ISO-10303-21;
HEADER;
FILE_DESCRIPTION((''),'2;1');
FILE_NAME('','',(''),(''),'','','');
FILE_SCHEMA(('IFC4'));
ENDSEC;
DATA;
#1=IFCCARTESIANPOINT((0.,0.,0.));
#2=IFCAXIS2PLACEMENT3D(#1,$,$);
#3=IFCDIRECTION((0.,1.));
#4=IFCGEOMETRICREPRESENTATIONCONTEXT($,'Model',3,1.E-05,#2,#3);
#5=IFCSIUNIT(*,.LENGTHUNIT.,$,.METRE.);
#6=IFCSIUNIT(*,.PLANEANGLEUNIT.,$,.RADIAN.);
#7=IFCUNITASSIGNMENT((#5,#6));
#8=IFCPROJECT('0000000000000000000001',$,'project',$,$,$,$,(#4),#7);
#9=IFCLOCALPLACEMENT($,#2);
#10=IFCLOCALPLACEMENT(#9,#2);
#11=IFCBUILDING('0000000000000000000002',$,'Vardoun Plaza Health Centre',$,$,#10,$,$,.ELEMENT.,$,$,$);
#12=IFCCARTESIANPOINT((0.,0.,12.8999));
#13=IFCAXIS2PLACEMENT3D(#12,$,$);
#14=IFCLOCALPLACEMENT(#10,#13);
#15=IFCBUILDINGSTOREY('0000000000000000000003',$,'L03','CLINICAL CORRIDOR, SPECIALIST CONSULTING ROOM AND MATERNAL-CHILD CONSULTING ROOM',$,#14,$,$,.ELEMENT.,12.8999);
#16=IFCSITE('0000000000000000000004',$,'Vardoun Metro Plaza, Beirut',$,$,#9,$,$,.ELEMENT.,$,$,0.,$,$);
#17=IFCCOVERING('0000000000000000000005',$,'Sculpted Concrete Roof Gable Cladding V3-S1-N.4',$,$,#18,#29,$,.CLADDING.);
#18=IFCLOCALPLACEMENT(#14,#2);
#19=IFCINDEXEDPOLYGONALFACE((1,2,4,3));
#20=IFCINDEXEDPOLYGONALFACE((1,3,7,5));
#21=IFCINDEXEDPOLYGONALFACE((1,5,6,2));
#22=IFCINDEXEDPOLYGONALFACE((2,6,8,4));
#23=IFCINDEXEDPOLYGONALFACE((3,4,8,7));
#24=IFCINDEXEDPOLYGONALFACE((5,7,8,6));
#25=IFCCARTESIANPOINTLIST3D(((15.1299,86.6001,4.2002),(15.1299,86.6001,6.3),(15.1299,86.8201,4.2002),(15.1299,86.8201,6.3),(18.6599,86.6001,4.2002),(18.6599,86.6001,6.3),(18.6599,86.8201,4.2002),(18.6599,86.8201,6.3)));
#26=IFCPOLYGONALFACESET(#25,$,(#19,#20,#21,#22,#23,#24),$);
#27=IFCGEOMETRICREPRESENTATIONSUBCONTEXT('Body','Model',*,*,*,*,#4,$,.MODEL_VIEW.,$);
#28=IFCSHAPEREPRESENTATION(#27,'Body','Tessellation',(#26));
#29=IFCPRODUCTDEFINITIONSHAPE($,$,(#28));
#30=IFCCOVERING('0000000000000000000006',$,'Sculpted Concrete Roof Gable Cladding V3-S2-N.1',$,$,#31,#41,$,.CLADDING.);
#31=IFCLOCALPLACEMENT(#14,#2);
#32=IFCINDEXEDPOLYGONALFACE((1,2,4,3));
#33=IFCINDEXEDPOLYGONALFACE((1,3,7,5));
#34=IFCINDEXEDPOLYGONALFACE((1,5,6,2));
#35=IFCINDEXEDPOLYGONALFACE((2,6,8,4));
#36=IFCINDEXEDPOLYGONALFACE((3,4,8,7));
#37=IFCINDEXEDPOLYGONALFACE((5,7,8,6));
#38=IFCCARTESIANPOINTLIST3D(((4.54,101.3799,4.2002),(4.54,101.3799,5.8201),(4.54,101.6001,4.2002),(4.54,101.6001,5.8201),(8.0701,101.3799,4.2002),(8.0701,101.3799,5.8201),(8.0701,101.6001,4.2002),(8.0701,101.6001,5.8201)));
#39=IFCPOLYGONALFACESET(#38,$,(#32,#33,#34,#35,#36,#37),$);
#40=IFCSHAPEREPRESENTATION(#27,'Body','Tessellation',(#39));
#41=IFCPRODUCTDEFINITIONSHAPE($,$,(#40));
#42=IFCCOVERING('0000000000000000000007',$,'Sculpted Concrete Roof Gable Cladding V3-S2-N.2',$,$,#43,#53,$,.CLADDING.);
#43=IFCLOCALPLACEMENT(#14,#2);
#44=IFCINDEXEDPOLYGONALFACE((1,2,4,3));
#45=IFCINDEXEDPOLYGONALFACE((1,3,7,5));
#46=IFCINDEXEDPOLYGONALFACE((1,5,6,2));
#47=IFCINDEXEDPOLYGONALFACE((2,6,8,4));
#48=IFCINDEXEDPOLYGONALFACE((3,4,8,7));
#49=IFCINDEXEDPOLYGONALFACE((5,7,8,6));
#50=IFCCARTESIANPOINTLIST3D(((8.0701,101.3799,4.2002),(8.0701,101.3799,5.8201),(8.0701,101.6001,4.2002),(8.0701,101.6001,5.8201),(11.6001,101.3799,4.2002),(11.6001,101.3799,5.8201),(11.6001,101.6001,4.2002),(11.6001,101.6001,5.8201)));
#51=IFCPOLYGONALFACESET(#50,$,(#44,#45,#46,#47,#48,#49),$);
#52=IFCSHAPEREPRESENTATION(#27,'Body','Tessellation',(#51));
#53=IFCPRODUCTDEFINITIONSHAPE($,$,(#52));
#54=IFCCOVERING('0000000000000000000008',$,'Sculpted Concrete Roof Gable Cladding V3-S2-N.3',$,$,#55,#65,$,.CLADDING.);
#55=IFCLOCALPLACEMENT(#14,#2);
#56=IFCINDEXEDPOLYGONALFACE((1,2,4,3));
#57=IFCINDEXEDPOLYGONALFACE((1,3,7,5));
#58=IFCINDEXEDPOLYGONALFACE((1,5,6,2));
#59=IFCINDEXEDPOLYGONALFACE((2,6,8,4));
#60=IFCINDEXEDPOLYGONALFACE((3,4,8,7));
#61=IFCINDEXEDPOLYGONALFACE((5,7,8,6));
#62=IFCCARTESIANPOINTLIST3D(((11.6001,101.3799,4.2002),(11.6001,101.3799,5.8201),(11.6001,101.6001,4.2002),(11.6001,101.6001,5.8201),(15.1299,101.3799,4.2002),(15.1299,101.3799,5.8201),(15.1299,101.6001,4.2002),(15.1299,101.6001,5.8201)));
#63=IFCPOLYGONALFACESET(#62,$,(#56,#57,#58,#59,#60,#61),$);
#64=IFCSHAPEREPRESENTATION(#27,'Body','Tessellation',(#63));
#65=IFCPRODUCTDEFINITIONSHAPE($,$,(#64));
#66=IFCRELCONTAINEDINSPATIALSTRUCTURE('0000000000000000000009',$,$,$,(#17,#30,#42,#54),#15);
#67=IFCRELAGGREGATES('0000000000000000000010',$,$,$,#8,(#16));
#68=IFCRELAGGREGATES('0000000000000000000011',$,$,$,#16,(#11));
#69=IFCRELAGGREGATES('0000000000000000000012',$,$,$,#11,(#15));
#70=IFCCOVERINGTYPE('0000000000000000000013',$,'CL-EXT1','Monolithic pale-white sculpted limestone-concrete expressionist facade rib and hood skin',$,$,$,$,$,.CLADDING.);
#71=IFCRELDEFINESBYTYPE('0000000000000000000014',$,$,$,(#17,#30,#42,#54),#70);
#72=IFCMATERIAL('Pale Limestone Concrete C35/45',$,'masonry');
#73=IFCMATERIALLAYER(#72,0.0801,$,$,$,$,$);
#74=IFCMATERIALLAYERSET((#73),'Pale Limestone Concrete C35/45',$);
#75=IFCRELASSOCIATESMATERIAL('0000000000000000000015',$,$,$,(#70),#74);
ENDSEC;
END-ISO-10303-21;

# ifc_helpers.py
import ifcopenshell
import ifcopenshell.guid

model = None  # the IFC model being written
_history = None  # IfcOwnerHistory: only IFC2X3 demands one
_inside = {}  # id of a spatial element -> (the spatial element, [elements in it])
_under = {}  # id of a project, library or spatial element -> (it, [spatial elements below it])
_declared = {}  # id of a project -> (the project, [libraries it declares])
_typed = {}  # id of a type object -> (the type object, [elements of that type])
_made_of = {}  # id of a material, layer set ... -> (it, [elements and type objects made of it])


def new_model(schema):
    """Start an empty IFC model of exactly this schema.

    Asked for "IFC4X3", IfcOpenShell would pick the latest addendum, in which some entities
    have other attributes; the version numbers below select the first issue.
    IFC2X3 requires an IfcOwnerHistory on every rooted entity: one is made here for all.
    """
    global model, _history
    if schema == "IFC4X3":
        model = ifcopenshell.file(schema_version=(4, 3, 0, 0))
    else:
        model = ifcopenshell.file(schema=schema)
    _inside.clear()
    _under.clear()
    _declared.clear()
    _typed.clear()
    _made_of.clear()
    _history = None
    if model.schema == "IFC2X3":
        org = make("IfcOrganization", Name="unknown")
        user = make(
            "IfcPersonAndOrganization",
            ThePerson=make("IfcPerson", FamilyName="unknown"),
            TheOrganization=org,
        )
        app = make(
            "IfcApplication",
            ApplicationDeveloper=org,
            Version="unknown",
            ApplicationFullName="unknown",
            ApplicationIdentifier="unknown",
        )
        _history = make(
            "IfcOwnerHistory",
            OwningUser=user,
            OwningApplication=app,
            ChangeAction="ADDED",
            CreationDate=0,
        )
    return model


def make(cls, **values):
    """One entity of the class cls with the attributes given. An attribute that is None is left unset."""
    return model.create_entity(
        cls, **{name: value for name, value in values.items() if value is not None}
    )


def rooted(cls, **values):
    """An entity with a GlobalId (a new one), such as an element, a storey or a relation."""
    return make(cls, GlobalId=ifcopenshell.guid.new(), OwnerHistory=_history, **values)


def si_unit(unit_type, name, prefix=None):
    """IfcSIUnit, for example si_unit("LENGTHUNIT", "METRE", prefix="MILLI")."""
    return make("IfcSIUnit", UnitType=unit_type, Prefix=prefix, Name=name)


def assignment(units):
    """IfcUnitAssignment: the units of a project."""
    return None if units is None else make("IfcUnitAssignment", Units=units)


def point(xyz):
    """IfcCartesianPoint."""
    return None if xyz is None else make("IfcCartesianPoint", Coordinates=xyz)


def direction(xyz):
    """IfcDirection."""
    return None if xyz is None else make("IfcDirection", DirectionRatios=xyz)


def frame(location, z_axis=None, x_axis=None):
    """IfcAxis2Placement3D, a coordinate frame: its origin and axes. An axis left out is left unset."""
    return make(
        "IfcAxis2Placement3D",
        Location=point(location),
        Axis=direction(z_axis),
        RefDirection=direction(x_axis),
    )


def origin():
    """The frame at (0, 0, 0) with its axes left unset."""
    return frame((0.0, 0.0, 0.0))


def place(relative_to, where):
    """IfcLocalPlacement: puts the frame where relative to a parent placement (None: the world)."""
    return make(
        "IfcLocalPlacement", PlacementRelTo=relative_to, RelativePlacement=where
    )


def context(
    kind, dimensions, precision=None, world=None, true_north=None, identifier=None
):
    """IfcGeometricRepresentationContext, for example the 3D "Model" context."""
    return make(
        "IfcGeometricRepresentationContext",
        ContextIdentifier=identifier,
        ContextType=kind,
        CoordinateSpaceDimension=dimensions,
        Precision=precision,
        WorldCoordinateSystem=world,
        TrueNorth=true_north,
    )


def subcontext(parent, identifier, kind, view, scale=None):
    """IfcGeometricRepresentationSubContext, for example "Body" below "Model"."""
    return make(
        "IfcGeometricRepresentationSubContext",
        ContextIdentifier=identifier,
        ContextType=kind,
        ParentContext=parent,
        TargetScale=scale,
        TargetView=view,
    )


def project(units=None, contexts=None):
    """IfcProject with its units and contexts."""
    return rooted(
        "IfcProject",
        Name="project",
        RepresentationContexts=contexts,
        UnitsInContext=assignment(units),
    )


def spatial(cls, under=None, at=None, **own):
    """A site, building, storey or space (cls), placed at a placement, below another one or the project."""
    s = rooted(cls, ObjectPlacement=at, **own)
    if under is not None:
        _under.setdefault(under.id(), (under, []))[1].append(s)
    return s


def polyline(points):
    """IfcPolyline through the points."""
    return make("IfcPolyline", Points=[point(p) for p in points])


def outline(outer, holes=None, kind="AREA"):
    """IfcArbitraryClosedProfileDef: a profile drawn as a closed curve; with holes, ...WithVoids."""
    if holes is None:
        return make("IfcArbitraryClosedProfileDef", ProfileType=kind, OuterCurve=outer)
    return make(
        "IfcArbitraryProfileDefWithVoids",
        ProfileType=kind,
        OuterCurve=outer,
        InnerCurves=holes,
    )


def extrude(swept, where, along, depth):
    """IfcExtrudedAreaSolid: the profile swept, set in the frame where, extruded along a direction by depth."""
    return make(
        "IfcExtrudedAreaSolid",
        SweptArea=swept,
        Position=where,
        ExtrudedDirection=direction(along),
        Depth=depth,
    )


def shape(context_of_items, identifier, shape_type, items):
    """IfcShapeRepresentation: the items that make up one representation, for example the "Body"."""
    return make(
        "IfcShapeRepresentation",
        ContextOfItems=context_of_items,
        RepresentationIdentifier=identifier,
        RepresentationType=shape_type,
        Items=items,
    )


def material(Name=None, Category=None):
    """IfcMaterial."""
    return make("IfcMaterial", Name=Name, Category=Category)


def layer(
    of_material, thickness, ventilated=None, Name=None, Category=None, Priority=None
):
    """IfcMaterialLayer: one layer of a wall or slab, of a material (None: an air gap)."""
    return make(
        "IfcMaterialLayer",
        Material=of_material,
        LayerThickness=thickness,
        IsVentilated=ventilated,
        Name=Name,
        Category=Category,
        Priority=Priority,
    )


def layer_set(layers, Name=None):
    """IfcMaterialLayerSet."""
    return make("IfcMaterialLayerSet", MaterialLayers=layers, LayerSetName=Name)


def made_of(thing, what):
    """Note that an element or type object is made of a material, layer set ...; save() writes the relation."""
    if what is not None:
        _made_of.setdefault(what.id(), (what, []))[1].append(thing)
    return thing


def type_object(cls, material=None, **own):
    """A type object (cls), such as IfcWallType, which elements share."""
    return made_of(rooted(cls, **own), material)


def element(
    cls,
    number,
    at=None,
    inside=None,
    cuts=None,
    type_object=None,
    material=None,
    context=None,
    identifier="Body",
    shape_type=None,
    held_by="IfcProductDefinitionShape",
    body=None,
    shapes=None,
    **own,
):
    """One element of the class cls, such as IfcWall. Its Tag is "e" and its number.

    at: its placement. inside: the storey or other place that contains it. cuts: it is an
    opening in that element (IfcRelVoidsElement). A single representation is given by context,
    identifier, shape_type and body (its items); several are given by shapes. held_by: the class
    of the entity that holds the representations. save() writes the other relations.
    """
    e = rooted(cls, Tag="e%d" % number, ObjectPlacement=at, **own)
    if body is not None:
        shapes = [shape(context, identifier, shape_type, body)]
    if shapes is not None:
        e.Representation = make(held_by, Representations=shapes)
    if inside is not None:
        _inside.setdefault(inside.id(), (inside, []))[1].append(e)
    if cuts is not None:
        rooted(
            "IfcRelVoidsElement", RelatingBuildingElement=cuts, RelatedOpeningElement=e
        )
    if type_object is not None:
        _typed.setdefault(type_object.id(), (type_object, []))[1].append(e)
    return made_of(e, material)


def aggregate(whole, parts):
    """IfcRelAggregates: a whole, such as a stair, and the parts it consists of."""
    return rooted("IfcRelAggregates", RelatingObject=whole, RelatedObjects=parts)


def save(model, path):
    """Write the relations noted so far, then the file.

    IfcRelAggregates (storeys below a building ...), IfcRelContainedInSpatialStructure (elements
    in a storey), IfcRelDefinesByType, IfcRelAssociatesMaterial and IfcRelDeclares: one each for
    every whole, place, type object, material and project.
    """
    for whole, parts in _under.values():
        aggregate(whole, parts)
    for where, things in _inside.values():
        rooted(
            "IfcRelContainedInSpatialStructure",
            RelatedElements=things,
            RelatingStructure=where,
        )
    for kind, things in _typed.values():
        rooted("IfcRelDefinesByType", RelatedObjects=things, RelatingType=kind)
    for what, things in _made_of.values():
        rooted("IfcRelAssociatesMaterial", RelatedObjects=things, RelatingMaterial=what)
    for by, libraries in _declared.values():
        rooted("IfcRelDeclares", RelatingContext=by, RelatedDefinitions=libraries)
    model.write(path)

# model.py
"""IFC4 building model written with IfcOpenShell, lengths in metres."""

from ifc_helpers import new_model, si_unit, direction, frame, origin, place, context, subcontext, project, spatial, polyline, outline, extrude, material, layer, layer_set, type_object, element, save


model = new_model("IFC4")

# Units and contexts
model_context = context("Model", 3, precision=1e-05, world=origin(), true_north=direction((0.0, 1.0)))
body_context = subcontext(model_context, "Body", "Model", "MODEL_VIEW")
ifc_project = project(units=[si_unit("LENGTHUNIT", "METRE"), si_unit("PLANEANGLEUNIT", "RADIAN")], contexts=[model_context])

# Site, building, storey
site_placement = place(None, origin())
site = spatial("IfcSite", under=ifc_project, at=site_placement, Name="Vardoun Metro Plaza, Beirut", CompositionType="ELEMENT", RefElevation=0.0)
building_placement = place(site_placement, origin())
building = spatial("IfcBuilding", under=site, at=building_placement, Name="Vardoun Plaza Health Centre", CompositionType="ELEMENT")
storey_placement = place(building_placement, frame((0.0, 0.0, 12.8999)))
storey = spatial("IfcBuildingStorey", under=building, at=storey_placement, Name="L03", Description="CLINICAL CORRIDOR, SPECIALIST CONSULTING ROOM AND MATERNAL-CHILD CONSULTING ROOM", CompositionType="ELEMENT", Elevation=12.8999)

# Coverings
ifc_material = material(Name="Pale Limestone Concrete C35/45", Category="masonry")
ifc_layer = layer(ifc_material, 0.0801)
ifc_layer_set = layer_set([ifc_layer], Name="Pale Limestone Concrete C35/45")
covering_type = type_object("IfcCoveringType", Name="CL-EXT1", Description="Monolithic pale-white sculpted limestone-concrete expressionist facade rib and hood skin", PredefinedType="CLADDING", material=ifc_layer_set)
covering_1_placement = place(storey_placement, frame((0.0, 0.0, 4.2002)))
element("IfcCovering", 1, at=covering_1_placement, inside=storey, type_object=covering_type, Name="Sculpted Concrete Roof Gable Cladding V3-S1-N.4", PredefinedType="CLADDING", context=body_context, shape_type="SweptSolid", body=[
    extrude(outline(polyline([(15.1299, 86.6001), (18.6599, 86.6001), (18.6599, 86.8201), (15.1299, 86.8201), (15.1299, 86.6001)])), origin(), (0.0, 0.0, 1.0), 2.0999),
])
covering_2_placement = place(storey_placement, frame((0.0, 0.0, 4.2002)))
element("IfcCovering", 2, at=covering_2_placement, inside=storey, type_object=covering_type, Name="Sculpted Concrete Roof Gable Cladding V3-S2-N.1", PredefinedType="CLADDING", context=body_context, shape_type="SweptSolid", body=[
    extrude(outline(polyline([(4.54, 101.3799), (8.0701, 101.3799), (8.0701, 101.6001), (4.54, 101.6001), (4.54, 101.3799)])), origin(), (0.0, 0.0, 1.0), 1.6199),
])
covering_3_placement = place(storey_placement, frame((0.0, 0.0, 4.2002)))
element("IfcCovering", 3, at=covering_3_placement, inside=storey, type_object=covering_type, Name="Sculpted Concrete Roof Gable Cladding V3-S2-N.2", PredefinedType="CLADDING", context=body_context, shape_type="SweptSolid", body=[
    extrude(outline(polyline([(8.0701, 101.3799), (11.6001, 101.3799), (11.6001, 101.6001), (8.0701, 101.6001), (8.0701, 101.3799)])), origin(), (0.0, 0.0, 1.0), 1.6199),
])
covering_4_placement = place(storey_placement, frame((0.0, 0.0, 4.2002)))
element("IfcCovering", 4, at=covering_4_placement, inside=storey, type_object=covering_type, Name="Sculpted Concrete Roof Gable Cladding V3-S2-N.3", PredefinedType="CLADDING", context=body_context, shape_type="SweptSolid", body=[
    extrude(outline(polyline([(11.6001, 101.3799), (15.1299, 101.3799), (15.1299, 101.6001), (11.6001, 101.6001), (11.6001, 101.3799)])), origin(), (0.0, 0.0, 1.0), 1.6199),
])

save(model, "model.ifc")
